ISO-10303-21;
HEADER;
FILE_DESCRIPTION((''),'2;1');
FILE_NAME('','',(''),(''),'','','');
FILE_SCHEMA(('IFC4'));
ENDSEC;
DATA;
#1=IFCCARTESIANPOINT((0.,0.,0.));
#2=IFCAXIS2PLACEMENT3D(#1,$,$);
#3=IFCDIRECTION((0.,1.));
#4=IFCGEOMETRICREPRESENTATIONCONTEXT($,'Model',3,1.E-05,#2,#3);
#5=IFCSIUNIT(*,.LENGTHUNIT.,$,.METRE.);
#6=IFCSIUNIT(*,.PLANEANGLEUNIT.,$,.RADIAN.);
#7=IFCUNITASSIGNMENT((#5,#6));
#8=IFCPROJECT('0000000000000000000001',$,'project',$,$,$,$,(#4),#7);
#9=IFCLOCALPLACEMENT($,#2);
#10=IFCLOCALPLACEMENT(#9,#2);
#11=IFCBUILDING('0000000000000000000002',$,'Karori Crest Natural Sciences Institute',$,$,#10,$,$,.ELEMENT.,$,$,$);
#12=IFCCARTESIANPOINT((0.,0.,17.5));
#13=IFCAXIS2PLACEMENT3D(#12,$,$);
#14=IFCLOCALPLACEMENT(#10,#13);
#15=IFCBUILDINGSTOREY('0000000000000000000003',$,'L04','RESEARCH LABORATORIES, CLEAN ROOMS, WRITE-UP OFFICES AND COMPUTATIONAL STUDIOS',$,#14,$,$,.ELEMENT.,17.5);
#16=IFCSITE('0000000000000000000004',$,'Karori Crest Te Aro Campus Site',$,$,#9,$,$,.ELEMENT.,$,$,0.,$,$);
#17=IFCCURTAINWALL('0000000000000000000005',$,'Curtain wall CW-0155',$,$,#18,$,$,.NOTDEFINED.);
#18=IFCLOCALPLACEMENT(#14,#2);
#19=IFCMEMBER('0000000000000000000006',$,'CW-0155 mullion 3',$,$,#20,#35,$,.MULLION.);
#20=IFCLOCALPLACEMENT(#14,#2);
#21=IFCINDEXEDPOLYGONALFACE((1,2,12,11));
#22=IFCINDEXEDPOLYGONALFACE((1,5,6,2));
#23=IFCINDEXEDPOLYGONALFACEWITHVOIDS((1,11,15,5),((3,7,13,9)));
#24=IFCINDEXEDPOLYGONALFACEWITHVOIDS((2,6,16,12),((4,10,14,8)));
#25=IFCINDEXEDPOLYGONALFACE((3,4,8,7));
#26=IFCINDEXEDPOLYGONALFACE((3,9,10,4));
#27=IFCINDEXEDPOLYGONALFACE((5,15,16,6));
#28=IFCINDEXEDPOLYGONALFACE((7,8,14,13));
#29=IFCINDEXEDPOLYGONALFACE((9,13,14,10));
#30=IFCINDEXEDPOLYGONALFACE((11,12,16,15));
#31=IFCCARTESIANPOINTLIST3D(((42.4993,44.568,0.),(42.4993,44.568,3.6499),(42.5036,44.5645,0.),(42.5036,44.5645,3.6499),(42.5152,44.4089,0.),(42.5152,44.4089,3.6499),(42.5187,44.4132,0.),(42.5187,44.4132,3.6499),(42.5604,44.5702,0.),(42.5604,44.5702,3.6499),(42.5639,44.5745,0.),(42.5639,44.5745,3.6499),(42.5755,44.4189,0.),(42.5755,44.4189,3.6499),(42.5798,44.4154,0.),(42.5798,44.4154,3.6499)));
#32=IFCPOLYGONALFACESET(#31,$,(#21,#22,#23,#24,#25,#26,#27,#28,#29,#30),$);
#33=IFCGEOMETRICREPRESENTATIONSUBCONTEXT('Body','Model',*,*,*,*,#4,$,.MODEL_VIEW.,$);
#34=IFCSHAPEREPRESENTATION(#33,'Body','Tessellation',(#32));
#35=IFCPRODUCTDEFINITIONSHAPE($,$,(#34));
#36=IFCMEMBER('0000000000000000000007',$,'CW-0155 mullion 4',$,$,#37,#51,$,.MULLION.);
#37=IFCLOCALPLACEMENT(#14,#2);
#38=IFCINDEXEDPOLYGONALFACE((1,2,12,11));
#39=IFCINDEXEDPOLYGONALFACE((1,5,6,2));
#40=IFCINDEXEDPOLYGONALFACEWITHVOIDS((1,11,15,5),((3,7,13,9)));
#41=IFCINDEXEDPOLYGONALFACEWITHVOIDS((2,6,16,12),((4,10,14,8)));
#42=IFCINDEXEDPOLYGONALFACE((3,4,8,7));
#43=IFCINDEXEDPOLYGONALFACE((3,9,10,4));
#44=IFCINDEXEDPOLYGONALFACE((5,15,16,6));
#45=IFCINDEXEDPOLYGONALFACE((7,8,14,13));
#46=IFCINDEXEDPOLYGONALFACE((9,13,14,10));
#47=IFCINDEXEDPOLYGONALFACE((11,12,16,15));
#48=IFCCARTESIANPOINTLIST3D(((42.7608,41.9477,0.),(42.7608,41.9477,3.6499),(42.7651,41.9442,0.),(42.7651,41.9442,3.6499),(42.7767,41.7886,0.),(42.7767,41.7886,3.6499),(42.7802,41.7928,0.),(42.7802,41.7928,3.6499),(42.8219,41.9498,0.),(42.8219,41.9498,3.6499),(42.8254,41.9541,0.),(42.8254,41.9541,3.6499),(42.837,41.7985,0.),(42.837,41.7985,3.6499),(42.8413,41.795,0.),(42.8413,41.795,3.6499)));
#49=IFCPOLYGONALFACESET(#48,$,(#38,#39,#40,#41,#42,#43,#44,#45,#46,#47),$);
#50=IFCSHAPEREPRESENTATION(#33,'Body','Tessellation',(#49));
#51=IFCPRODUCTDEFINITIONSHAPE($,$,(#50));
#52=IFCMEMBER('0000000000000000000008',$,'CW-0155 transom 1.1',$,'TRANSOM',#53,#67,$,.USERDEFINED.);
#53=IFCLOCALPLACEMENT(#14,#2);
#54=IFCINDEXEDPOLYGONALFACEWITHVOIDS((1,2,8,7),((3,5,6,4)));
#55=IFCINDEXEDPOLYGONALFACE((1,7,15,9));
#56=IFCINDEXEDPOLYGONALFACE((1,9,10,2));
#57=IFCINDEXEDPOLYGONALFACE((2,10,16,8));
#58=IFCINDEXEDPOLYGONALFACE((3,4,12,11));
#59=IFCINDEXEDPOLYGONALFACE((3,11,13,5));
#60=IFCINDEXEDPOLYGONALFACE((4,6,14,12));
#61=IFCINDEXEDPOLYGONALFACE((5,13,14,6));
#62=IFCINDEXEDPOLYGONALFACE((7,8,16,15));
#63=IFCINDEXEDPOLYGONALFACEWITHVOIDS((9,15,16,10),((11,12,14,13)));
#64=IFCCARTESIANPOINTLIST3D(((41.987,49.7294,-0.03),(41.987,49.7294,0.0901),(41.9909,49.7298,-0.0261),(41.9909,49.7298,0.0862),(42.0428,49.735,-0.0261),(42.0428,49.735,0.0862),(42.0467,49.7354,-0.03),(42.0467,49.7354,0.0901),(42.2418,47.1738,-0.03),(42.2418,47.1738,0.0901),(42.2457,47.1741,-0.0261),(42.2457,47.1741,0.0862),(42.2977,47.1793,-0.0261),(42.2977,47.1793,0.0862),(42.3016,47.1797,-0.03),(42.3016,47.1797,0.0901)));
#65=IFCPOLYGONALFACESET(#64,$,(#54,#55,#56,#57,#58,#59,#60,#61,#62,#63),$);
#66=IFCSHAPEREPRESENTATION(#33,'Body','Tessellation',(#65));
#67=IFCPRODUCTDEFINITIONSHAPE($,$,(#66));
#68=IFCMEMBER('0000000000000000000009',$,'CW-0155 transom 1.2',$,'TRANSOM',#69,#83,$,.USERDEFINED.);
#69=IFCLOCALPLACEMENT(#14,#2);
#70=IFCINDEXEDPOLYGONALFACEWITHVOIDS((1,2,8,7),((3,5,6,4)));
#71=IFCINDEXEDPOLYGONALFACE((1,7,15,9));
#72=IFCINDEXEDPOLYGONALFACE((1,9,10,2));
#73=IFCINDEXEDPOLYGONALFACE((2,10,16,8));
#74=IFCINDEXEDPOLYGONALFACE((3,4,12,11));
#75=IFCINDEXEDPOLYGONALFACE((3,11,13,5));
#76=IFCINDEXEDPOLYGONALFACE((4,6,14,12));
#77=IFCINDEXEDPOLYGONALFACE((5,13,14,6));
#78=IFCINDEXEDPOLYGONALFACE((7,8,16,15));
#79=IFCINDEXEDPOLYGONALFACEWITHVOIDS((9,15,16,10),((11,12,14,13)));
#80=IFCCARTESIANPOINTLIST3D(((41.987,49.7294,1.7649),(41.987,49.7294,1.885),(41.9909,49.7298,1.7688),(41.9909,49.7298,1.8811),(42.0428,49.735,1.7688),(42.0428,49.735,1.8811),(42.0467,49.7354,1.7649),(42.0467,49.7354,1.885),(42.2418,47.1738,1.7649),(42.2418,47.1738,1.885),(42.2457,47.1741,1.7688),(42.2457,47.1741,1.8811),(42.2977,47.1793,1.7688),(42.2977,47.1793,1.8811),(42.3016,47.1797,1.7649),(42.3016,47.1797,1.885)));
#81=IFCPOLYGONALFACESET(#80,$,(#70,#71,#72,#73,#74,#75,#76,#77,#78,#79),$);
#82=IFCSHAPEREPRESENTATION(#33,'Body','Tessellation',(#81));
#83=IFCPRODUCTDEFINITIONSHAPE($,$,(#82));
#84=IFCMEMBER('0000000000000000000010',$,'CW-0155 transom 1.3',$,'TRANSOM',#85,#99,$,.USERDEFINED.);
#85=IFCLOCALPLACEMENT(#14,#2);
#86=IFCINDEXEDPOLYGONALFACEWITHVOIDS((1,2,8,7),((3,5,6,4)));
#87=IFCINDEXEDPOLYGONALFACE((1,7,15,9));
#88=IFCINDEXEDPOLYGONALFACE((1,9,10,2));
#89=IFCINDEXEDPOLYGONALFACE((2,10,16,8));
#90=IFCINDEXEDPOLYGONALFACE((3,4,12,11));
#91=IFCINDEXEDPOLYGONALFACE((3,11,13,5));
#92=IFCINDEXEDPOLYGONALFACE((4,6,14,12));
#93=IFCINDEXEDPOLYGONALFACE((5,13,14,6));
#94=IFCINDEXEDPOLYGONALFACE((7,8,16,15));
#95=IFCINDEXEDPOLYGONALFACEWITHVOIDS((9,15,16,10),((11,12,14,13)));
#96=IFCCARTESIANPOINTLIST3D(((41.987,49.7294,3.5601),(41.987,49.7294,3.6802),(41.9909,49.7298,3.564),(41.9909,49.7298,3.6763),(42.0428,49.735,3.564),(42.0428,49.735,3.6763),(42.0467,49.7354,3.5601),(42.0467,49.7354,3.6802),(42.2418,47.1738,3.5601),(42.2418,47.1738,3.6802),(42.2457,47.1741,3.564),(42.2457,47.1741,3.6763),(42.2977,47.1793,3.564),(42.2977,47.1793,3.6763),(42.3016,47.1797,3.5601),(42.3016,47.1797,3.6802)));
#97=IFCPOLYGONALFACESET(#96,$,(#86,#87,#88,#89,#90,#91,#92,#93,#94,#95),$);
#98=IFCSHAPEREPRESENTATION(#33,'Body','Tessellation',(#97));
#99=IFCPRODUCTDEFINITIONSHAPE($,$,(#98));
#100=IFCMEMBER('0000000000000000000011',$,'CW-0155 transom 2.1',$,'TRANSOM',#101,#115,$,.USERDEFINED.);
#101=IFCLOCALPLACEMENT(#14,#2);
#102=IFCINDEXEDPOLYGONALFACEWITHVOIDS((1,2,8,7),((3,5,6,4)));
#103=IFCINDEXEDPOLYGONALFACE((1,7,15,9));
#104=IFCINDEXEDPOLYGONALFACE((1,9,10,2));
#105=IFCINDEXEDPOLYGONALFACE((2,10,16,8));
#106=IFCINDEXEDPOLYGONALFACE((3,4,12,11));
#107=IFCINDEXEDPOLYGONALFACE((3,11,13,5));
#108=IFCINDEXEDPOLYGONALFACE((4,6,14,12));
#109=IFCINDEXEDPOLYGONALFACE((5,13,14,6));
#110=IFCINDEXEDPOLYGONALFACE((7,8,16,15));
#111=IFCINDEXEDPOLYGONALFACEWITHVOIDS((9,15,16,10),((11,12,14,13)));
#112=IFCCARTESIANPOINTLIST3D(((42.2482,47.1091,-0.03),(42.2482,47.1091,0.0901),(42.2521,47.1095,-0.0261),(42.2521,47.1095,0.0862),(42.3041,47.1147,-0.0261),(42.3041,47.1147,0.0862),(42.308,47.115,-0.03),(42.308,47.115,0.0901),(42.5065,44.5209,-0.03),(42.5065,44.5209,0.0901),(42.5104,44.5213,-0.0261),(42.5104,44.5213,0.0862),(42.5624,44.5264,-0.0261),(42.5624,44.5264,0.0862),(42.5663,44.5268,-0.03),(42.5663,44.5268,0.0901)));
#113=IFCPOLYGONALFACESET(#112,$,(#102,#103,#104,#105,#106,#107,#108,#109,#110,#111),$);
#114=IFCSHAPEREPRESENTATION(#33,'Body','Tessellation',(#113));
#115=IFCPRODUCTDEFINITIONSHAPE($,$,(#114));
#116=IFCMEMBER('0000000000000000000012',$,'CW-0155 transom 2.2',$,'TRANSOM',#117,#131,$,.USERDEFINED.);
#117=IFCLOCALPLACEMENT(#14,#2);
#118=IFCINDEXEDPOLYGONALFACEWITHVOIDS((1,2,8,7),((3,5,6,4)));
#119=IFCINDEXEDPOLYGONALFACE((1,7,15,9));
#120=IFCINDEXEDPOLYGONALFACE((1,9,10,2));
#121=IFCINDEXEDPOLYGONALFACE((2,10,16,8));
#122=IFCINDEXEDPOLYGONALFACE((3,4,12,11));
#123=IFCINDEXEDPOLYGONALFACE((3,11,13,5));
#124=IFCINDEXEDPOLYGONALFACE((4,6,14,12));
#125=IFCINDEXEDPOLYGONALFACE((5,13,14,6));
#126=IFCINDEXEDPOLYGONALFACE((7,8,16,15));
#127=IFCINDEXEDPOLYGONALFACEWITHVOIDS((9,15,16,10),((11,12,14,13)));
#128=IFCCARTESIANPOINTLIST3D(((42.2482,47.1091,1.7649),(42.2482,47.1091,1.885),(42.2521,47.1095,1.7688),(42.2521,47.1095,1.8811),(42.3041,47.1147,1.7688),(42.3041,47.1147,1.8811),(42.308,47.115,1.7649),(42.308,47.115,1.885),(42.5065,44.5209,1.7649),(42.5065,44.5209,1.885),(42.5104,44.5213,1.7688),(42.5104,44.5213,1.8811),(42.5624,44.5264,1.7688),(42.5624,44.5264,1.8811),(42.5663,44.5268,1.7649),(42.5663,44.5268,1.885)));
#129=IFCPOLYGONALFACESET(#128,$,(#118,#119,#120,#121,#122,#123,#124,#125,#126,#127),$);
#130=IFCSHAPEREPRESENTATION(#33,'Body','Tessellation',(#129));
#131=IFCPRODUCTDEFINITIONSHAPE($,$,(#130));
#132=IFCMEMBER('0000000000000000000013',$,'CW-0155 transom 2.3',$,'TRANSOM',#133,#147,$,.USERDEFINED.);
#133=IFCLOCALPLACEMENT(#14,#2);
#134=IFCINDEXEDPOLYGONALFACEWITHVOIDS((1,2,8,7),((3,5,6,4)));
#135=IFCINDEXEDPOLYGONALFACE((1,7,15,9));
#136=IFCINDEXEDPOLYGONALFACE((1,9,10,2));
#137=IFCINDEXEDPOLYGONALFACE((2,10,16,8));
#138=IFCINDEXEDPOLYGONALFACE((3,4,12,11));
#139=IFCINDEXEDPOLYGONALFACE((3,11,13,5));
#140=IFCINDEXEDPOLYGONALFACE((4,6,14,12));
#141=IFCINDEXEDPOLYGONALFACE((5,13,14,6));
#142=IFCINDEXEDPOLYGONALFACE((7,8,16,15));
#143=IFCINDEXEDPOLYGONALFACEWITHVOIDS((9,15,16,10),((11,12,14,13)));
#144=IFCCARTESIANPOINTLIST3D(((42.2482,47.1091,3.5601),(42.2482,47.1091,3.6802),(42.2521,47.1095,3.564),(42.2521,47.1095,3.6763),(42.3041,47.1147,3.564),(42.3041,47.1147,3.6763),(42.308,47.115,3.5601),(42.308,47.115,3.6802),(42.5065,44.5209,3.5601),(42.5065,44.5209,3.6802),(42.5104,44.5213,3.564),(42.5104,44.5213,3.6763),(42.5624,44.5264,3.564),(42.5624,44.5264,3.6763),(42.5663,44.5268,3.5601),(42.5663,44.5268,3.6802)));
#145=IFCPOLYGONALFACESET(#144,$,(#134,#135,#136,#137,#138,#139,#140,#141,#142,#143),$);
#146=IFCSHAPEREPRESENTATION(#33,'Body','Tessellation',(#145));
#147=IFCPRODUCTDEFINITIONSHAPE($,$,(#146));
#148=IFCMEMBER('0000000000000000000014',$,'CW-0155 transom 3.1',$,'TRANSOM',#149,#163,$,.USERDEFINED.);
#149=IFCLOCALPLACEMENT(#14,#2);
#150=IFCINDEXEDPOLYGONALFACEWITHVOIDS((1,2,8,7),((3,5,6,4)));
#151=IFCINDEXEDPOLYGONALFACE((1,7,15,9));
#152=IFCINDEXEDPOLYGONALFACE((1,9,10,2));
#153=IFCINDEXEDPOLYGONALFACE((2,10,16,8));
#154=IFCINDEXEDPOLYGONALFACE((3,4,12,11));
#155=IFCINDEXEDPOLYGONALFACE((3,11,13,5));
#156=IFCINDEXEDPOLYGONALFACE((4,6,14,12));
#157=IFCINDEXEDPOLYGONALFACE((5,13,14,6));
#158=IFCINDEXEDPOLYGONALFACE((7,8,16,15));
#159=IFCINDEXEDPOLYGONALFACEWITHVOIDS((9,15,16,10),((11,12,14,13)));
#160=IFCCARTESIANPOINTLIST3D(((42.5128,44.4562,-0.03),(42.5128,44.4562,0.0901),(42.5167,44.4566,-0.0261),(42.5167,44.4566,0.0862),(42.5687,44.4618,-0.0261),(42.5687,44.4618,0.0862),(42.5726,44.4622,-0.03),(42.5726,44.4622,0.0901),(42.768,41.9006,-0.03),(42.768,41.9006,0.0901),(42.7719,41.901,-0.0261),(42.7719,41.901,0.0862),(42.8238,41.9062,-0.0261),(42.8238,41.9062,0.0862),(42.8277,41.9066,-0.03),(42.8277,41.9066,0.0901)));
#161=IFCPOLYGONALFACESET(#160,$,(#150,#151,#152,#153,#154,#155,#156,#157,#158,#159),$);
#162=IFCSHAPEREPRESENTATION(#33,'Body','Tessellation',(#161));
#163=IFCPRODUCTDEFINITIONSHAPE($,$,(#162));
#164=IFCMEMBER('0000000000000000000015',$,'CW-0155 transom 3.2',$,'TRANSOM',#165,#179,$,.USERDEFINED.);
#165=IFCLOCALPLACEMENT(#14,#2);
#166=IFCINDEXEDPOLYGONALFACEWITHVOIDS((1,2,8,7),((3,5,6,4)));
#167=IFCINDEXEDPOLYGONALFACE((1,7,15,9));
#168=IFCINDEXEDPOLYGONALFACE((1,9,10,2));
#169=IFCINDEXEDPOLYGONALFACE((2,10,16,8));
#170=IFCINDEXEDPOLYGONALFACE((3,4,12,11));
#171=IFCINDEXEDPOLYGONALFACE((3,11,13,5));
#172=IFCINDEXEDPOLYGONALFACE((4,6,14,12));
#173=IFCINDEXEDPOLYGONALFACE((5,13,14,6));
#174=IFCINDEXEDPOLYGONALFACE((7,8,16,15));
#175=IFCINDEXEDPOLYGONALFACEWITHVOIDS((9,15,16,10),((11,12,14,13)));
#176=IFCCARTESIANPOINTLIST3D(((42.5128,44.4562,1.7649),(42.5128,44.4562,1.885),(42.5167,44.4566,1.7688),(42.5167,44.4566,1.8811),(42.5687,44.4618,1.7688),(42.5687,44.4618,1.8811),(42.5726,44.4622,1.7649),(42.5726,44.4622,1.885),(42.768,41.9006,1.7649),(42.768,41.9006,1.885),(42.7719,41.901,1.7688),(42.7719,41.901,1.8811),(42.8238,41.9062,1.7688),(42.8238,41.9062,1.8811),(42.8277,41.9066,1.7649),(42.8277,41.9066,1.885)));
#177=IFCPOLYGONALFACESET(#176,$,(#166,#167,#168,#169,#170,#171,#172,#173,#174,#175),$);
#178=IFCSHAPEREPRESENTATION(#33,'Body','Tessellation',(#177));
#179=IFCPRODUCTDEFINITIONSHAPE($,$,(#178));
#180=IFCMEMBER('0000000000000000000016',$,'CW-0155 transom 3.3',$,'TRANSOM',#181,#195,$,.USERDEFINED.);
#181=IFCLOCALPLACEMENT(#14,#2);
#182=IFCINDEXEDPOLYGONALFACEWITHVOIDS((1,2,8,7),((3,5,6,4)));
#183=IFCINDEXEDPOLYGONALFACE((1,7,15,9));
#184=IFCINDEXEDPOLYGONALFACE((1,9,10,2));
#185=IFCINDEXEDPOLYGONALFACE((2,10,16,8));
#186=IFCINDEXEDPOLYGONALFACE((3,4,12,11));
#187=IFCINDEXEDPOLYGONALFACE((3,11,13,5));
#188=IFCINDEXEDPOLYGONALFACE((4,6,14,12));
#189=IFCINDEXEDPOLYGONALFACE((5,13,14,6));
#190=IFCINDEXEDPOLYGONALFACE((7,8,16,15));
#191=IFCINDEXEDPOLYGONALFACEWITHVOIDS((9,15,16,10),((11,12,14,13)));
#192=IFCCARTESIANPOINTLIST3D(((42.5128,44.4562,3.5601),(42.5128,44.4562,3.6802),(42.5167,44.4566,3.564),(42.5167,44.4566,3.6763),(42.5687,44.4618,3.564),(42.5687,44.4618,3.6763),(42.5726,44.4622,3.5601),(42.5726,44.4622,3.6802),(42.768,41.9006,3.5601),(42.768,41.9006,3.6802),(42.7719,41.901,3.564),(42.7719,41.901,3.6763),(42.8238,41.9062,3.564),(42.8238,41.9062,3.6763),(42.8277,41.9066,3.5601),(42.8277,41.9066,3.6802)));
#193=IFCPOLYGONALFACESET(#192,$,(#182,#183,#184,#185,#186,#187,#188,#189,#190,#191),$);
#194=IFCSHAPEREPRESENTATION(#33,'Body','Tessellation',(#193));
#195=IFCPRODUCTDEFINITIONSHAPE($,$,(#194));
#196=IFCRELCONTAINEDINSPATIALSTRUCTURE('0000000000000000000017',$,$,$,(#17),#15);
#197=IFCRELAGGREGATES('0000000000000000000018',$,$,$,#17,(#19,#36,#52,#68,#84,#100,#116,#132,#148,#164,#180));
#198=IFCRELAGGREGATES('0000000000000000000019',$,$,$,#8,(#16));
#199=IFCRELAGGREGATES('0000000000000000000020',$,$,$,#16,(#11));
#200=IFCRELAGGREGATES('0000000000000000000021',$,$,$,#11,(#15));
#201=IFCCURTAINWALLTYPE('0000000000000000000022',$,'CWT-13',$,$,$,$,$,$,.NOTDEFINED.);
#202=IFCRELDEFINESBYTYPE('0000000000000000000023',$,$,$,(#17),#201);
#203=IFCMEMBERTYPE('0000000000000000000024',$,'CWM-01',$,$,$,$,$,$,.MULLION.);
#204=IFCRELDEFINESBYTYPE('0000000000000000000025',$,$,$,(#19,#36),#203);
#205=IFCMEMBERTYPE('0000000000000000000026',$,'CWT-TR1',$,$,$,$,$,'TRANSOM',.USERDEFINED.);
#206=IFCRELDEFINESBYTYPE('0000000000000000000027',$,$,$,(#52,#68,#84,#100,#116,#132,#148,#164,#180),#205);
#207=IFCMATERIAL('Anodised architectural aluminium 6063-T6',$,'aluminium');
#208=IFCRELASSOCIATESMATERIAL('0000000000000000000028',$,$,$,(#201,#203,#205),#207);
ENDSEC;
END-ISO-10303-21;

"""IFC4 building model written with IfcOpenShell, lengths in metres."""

from ifc_helpers import new_model, si_unit, direction, frame, origin, origin_2d, place, context, subcontext, project, spatial, hollow_rectangle, extrude, material, material_profile, profile_set, type_object, element, aggregate, save


model = new_model("IFC4")

# Units and contexts
model_context = context("Model", 3, precision=1e-05, world=origin(), true_north=direction((0.0, 1.0)))
body_context = subcontext(model_context, "Body", "Model", "MODEL_VIEW")
ifc_project = project(units=[si_unit("LENGTHUNIT", "METRE"), si_unit("PLANEANGLEUNIT", "RADIAN")], contexts=[model_context])

# Site, building, storey
site_placement = place(None, origin())
site = spatial("IfcSite", under=ifc_project, at=site_placement, Name="Karori Crest Te Aro Campus Site", CompositionType="ELEMENT", RefElevation=0.0)
building_placement = place(site_placement, origin())
building = spatial("IfcBuilding", under=site, at=building_placement, Name="Karori Crest Natural Sciences Institute", CompositionType="ELEMENT")
storey_placement = place(building_placement, frame((0.0, 0.0, 17.5)))
storey = spatial("IfcBuildingStorey", under=building, at=storey_placement, Name="L04", Description="RESEARCH LABORATORIES, CLEAN ROOMS, WRITE-UP OFFICES AND COMPUTATIONAL STUDIOS", CompositionType="ELEMENT", Elevation=17.5)

# Curtain wall, members
ifc_material_1 = material(Name="Anodised architectural aluminium 6063-T6", Category="aluminium")
curtain_wall_type = type_object("IfcCurtainWallType", Name="CWT-13", PredefinedType="NOTDEFINED", material=ifc_material_1)
curtain_wall_placement = place(storey_placement, origin())
curtain_wall = element("IfcCurtainWall", 1, at=curtain_wall_placement, inside=storey, type_object=curtain_wall_type, Name="Curtain wall CW-0155", PredefinedType="NOTDEFINED")
ifc_material_profile_1 = material_profile(ifc_material_1, hollow_rectangle(XDim=0.0649, YDim=0.1599, WallThickness=0.0039, at=origin_2d()), Name="CWM160x65x4")
ifc_profile_set_1 = profile_set([ifc_material_profile_1], Name="Anodised architectural aluminium 6063-T6")
member_type_1 = type_object("IfcMemberType", Name="CWM-01", PredefinedType="MULLION", material=ifc_profile_set_1)
member_1_placement = place(storey_placement, frame((42.5396, 44.4917, 0.0), z_axis=(0.0, 0.0, 1.0), x_axis=(0.995061, 0.099268, 0.0)))
member_1 = element("IfcMember", 2, at=member_1_placement, type_object=member_type_1, Name="CW-0155 mullion 3", PredefinedType="MULLION", context=body_context, shape_type="SweptSolid", body=[
    extrude(hollow_rectangle(XDim=0.0649, YDim=0.1599, WallThickness=0.0039, at=origin_2d()), origin(), (0.0, 0.0, 1.0), 3.6499),
])
member_2_placement = place(storey_placement, frame((42.801, 41.8713, 0.0), z_axis=(0.0, 0.0, 1.0), x_axis=(0.995061, 0.099268, 0.0)))
member_2 = element("IfcMember", 3, at=member_2_placement, type_object=member_type_1, Name="CW-0155 mullion 4", PredefinedType="MULLION", context=body_context, shape_type="SweptSolid", body=[
    extrude(hollow_rectangle(XDim=0.0649, YDim=0.1599, WallThickness=0.0039, at=origin_2d()), origin(), (0.0, 0.0, 1.0), 3.6499),
])
ifc_material_profile_2 = material_profile(ifc_material_1, hollow_rectangle(XDim=0.0601, YDim=0.1201, WallThickness=0.0039, at=origin_2d()), Name="CWT120x60x4")
ifc_profile_set_2 = profile_set([ifc_material_profile_2], Name="Anodised architectural aluminium 6063-T6")
member_type_2 = type_object("IfcMemberType", Name="CWT-TR1", ElementType="TRANSOM", PredefinedType="USERDEFINED", material=ifc_profile_set_2)
member_3_placement = place(storey_placement, frame((42.0168, 49.7324, 0.03), z_axis=(0.09924, -0.995064, 0.0), x_axis=(0.995064, 0.09924, 0.0)))
member_3 = element("IfcMember", 4, at=member_3_placement, type_object=member_type_2, Name="CW-0155 transom 1.1", ObjectType="TRANSOM", PredefinedType="USERDEFINED", context=body_context, shape_type="SweptSolid", body=[
    extrude(hollow_rectangle(XDim=0.0601, YDim=0.1201, WallThickness=0.0039, at=origin_2d()), origin(), (0.0, 0.0, 1.0), 2.5684),
])
member_4_placement = place(storey_placement, frame((42.0168, 49.7324, 1.825), z_axis=(0.09924, -0.995064, 0.0), x_axis=(0.995064, 0.09924, 0.0)))
member_4 = element("IfcMember", 5, at=member_4_placement, type_object=member_type_2, Name="CW-0155 transom 1.2", ObjectType="TRANSOM", PredefinedType="USERDEFINED", context=body_context, shape_type="SweptSolid", body=[
    extrude(hollow_rectangle(XDim=0.0601, YDim=0.1201, WallThickness=0.0039, at=origin_2d()), origin(), (0.0, 0.0, 1.0), 2.5684),
])
member_5_placement = place(storey_placement, frame((42.0168, 49.7324, 3.6201), z_axis=(0.09924, -0.995064, 0.0), x_axis=(0.995064, 0.09924, 0.0)))
member_5 = element("IfcMember", 6, at=member_5_placement, type_object=member_type_2, Name="CW-0155 transom 1.3", ObjectType="TRANSOM", PredefinedType="USERDEFINED", context=body_context, shape_type="SweptSolid", body=[
    extrude(hollow_rectangle(XDim=0.0601, YDim=0.1201, WallThickness=0.0039, at=origin_2d()), origin(), (0.0, 0.0, 1.0), 2.5684),
])
member_6_placement = place(storey_placement, frame((42.2781, 47.1121, 0.03), z_axis=(0.099309, -0.995057, 0.0), x_axis=(0.995057, 0.099309, 0.0)))
member_6 = element("IfcMember", 7, at=member_6_placement, type_object=member_type_2, Name="CW-0155 transom 2.1", ObjectType="TRANSOM", PredefinedType="USERDEFINED", context=body_context, shape_type="SweptSolid", body=[
    extrude(hollow_rectangle(XDim=0.0601, YDim=0.1201, WallThickness=0.0039, at=origin_2d()), origin(), (0.0, 0.0, 1.0), 2.6011),
])
member_7_placement = place(storey_placement, frame((42.2781, 47.1121, 1.825), z_axis=(0.099309, -0.995057, 0.0), x_axis=(0.995057, 0.099309, 0.0)))
member_7 = element("IfcMember", 8, at=member_7_placement, type_object=member_type_2, Name="CW-0155 transom 2.2", ObjectType="TRANSOM", PredefinedType="USERDEFINED", context=body_context, shape_type="SweptSolid", body=[
    extrude(hollow_rectangle(XDim=0.0601, YDim=0.1201, WallThickness=0.0039, at=origin_2d()), origin(), (0.0, 0.0, 1.0), 2.6011),
])
member_8_placement = place(storey_placement, frame((42.2781, 47.1121, 3.6201), z_axis=(0.099309, -0.995057, 0.0), x_axis=(0.995057, 0.099309, 0.0)))
member_8 = element("IfcMember", 9, at=member_8_placement, type_object=member_type_2, Name="CW-0155 transom 2.3", ObjectType="TRANSOM", PredefinedType="USERDEFINED", context=body_context, shape_type="SweptSolid", body=[
    extrude(hollow_rectangle(XDim=0.0601, YDim=0.1201, WallThickness=0.0039, at=origin_2d()), origin(), (0.0, 0.0, 1.0), 2.6011),
])
member_9_placement = place(storey_placement, frame((42.5427, 44.4592, 0.03), z_axis=(0.099334, -0.995054, 0.0), x_axis=(0.995054, 0.099334, 0.0)))
member_9 = element("IfcMember", 10, at=member_9_placement, type_object=member_type_2, Name="CW-0155 transom 3.1", ObjectType="TRANSOM", PredefinedType="USERDEFINED", context=body_context, shape_type="SweptSolid", body=[
    extrude(hollow_rectangle(XDim=0.0601, YDim=0.1201, WallThickness=0.0039, at=origin_2d()), origin(), (0.0, 0.0, 1.0), 2.5684),
])
member_10_placement = place(storey_placement, frame((42.5427, 44.4592, 1.825), z_axis=(0.099334, -0.995054, 0.0), x_axis=(0.995054, 0.099334, 0.0)))
member_10 = element("IfcMember", 11, at=member_10_placement, type_object=member_type_2, Name="CW-0155 transom 3.2", ObjectType="TRANSOM", PredefinedType="USERDEFINED", context=body_context, shape_type="SweptSolid", body=[
    extrude(hollow_rectangle(XDim=0.0601, YDim=0.1201, WallThickness=0.0039, at=origin_2d()), origin(), (0.0, 0.0, 1.0), 2.5684),
])
member_11_placement = place(storey_placement, frame((42.5427, 44.4592, 3.6201), z_axis=(0.099334, -0.995054, 0.0), x_axis=(0.995054, 0.099334, 0.0)))
member_11 = element("IfcMember", 12, at=member_11_placement, type_object=member_type_2, Name="CW-0155 transom 3.3", ObjectType="TRANSOM", PredefinedType="USERDEFINED", context=body_context, shape_type="SweptSolid", body=[
    extrude(hollow_rectangle(XDim=0.0601, YDim=0.1201, WallThickness=0.0039, at=origin_2d()), origin(), (0.0, 0.0, 1.0), 2.5684),
])
aggregate(curtain_wall, [member_1, member_2, member_3, member_4, member_5, member_6, member_7, member_8, member_9, member_10, member_11])

save(model, "model.ifc")
